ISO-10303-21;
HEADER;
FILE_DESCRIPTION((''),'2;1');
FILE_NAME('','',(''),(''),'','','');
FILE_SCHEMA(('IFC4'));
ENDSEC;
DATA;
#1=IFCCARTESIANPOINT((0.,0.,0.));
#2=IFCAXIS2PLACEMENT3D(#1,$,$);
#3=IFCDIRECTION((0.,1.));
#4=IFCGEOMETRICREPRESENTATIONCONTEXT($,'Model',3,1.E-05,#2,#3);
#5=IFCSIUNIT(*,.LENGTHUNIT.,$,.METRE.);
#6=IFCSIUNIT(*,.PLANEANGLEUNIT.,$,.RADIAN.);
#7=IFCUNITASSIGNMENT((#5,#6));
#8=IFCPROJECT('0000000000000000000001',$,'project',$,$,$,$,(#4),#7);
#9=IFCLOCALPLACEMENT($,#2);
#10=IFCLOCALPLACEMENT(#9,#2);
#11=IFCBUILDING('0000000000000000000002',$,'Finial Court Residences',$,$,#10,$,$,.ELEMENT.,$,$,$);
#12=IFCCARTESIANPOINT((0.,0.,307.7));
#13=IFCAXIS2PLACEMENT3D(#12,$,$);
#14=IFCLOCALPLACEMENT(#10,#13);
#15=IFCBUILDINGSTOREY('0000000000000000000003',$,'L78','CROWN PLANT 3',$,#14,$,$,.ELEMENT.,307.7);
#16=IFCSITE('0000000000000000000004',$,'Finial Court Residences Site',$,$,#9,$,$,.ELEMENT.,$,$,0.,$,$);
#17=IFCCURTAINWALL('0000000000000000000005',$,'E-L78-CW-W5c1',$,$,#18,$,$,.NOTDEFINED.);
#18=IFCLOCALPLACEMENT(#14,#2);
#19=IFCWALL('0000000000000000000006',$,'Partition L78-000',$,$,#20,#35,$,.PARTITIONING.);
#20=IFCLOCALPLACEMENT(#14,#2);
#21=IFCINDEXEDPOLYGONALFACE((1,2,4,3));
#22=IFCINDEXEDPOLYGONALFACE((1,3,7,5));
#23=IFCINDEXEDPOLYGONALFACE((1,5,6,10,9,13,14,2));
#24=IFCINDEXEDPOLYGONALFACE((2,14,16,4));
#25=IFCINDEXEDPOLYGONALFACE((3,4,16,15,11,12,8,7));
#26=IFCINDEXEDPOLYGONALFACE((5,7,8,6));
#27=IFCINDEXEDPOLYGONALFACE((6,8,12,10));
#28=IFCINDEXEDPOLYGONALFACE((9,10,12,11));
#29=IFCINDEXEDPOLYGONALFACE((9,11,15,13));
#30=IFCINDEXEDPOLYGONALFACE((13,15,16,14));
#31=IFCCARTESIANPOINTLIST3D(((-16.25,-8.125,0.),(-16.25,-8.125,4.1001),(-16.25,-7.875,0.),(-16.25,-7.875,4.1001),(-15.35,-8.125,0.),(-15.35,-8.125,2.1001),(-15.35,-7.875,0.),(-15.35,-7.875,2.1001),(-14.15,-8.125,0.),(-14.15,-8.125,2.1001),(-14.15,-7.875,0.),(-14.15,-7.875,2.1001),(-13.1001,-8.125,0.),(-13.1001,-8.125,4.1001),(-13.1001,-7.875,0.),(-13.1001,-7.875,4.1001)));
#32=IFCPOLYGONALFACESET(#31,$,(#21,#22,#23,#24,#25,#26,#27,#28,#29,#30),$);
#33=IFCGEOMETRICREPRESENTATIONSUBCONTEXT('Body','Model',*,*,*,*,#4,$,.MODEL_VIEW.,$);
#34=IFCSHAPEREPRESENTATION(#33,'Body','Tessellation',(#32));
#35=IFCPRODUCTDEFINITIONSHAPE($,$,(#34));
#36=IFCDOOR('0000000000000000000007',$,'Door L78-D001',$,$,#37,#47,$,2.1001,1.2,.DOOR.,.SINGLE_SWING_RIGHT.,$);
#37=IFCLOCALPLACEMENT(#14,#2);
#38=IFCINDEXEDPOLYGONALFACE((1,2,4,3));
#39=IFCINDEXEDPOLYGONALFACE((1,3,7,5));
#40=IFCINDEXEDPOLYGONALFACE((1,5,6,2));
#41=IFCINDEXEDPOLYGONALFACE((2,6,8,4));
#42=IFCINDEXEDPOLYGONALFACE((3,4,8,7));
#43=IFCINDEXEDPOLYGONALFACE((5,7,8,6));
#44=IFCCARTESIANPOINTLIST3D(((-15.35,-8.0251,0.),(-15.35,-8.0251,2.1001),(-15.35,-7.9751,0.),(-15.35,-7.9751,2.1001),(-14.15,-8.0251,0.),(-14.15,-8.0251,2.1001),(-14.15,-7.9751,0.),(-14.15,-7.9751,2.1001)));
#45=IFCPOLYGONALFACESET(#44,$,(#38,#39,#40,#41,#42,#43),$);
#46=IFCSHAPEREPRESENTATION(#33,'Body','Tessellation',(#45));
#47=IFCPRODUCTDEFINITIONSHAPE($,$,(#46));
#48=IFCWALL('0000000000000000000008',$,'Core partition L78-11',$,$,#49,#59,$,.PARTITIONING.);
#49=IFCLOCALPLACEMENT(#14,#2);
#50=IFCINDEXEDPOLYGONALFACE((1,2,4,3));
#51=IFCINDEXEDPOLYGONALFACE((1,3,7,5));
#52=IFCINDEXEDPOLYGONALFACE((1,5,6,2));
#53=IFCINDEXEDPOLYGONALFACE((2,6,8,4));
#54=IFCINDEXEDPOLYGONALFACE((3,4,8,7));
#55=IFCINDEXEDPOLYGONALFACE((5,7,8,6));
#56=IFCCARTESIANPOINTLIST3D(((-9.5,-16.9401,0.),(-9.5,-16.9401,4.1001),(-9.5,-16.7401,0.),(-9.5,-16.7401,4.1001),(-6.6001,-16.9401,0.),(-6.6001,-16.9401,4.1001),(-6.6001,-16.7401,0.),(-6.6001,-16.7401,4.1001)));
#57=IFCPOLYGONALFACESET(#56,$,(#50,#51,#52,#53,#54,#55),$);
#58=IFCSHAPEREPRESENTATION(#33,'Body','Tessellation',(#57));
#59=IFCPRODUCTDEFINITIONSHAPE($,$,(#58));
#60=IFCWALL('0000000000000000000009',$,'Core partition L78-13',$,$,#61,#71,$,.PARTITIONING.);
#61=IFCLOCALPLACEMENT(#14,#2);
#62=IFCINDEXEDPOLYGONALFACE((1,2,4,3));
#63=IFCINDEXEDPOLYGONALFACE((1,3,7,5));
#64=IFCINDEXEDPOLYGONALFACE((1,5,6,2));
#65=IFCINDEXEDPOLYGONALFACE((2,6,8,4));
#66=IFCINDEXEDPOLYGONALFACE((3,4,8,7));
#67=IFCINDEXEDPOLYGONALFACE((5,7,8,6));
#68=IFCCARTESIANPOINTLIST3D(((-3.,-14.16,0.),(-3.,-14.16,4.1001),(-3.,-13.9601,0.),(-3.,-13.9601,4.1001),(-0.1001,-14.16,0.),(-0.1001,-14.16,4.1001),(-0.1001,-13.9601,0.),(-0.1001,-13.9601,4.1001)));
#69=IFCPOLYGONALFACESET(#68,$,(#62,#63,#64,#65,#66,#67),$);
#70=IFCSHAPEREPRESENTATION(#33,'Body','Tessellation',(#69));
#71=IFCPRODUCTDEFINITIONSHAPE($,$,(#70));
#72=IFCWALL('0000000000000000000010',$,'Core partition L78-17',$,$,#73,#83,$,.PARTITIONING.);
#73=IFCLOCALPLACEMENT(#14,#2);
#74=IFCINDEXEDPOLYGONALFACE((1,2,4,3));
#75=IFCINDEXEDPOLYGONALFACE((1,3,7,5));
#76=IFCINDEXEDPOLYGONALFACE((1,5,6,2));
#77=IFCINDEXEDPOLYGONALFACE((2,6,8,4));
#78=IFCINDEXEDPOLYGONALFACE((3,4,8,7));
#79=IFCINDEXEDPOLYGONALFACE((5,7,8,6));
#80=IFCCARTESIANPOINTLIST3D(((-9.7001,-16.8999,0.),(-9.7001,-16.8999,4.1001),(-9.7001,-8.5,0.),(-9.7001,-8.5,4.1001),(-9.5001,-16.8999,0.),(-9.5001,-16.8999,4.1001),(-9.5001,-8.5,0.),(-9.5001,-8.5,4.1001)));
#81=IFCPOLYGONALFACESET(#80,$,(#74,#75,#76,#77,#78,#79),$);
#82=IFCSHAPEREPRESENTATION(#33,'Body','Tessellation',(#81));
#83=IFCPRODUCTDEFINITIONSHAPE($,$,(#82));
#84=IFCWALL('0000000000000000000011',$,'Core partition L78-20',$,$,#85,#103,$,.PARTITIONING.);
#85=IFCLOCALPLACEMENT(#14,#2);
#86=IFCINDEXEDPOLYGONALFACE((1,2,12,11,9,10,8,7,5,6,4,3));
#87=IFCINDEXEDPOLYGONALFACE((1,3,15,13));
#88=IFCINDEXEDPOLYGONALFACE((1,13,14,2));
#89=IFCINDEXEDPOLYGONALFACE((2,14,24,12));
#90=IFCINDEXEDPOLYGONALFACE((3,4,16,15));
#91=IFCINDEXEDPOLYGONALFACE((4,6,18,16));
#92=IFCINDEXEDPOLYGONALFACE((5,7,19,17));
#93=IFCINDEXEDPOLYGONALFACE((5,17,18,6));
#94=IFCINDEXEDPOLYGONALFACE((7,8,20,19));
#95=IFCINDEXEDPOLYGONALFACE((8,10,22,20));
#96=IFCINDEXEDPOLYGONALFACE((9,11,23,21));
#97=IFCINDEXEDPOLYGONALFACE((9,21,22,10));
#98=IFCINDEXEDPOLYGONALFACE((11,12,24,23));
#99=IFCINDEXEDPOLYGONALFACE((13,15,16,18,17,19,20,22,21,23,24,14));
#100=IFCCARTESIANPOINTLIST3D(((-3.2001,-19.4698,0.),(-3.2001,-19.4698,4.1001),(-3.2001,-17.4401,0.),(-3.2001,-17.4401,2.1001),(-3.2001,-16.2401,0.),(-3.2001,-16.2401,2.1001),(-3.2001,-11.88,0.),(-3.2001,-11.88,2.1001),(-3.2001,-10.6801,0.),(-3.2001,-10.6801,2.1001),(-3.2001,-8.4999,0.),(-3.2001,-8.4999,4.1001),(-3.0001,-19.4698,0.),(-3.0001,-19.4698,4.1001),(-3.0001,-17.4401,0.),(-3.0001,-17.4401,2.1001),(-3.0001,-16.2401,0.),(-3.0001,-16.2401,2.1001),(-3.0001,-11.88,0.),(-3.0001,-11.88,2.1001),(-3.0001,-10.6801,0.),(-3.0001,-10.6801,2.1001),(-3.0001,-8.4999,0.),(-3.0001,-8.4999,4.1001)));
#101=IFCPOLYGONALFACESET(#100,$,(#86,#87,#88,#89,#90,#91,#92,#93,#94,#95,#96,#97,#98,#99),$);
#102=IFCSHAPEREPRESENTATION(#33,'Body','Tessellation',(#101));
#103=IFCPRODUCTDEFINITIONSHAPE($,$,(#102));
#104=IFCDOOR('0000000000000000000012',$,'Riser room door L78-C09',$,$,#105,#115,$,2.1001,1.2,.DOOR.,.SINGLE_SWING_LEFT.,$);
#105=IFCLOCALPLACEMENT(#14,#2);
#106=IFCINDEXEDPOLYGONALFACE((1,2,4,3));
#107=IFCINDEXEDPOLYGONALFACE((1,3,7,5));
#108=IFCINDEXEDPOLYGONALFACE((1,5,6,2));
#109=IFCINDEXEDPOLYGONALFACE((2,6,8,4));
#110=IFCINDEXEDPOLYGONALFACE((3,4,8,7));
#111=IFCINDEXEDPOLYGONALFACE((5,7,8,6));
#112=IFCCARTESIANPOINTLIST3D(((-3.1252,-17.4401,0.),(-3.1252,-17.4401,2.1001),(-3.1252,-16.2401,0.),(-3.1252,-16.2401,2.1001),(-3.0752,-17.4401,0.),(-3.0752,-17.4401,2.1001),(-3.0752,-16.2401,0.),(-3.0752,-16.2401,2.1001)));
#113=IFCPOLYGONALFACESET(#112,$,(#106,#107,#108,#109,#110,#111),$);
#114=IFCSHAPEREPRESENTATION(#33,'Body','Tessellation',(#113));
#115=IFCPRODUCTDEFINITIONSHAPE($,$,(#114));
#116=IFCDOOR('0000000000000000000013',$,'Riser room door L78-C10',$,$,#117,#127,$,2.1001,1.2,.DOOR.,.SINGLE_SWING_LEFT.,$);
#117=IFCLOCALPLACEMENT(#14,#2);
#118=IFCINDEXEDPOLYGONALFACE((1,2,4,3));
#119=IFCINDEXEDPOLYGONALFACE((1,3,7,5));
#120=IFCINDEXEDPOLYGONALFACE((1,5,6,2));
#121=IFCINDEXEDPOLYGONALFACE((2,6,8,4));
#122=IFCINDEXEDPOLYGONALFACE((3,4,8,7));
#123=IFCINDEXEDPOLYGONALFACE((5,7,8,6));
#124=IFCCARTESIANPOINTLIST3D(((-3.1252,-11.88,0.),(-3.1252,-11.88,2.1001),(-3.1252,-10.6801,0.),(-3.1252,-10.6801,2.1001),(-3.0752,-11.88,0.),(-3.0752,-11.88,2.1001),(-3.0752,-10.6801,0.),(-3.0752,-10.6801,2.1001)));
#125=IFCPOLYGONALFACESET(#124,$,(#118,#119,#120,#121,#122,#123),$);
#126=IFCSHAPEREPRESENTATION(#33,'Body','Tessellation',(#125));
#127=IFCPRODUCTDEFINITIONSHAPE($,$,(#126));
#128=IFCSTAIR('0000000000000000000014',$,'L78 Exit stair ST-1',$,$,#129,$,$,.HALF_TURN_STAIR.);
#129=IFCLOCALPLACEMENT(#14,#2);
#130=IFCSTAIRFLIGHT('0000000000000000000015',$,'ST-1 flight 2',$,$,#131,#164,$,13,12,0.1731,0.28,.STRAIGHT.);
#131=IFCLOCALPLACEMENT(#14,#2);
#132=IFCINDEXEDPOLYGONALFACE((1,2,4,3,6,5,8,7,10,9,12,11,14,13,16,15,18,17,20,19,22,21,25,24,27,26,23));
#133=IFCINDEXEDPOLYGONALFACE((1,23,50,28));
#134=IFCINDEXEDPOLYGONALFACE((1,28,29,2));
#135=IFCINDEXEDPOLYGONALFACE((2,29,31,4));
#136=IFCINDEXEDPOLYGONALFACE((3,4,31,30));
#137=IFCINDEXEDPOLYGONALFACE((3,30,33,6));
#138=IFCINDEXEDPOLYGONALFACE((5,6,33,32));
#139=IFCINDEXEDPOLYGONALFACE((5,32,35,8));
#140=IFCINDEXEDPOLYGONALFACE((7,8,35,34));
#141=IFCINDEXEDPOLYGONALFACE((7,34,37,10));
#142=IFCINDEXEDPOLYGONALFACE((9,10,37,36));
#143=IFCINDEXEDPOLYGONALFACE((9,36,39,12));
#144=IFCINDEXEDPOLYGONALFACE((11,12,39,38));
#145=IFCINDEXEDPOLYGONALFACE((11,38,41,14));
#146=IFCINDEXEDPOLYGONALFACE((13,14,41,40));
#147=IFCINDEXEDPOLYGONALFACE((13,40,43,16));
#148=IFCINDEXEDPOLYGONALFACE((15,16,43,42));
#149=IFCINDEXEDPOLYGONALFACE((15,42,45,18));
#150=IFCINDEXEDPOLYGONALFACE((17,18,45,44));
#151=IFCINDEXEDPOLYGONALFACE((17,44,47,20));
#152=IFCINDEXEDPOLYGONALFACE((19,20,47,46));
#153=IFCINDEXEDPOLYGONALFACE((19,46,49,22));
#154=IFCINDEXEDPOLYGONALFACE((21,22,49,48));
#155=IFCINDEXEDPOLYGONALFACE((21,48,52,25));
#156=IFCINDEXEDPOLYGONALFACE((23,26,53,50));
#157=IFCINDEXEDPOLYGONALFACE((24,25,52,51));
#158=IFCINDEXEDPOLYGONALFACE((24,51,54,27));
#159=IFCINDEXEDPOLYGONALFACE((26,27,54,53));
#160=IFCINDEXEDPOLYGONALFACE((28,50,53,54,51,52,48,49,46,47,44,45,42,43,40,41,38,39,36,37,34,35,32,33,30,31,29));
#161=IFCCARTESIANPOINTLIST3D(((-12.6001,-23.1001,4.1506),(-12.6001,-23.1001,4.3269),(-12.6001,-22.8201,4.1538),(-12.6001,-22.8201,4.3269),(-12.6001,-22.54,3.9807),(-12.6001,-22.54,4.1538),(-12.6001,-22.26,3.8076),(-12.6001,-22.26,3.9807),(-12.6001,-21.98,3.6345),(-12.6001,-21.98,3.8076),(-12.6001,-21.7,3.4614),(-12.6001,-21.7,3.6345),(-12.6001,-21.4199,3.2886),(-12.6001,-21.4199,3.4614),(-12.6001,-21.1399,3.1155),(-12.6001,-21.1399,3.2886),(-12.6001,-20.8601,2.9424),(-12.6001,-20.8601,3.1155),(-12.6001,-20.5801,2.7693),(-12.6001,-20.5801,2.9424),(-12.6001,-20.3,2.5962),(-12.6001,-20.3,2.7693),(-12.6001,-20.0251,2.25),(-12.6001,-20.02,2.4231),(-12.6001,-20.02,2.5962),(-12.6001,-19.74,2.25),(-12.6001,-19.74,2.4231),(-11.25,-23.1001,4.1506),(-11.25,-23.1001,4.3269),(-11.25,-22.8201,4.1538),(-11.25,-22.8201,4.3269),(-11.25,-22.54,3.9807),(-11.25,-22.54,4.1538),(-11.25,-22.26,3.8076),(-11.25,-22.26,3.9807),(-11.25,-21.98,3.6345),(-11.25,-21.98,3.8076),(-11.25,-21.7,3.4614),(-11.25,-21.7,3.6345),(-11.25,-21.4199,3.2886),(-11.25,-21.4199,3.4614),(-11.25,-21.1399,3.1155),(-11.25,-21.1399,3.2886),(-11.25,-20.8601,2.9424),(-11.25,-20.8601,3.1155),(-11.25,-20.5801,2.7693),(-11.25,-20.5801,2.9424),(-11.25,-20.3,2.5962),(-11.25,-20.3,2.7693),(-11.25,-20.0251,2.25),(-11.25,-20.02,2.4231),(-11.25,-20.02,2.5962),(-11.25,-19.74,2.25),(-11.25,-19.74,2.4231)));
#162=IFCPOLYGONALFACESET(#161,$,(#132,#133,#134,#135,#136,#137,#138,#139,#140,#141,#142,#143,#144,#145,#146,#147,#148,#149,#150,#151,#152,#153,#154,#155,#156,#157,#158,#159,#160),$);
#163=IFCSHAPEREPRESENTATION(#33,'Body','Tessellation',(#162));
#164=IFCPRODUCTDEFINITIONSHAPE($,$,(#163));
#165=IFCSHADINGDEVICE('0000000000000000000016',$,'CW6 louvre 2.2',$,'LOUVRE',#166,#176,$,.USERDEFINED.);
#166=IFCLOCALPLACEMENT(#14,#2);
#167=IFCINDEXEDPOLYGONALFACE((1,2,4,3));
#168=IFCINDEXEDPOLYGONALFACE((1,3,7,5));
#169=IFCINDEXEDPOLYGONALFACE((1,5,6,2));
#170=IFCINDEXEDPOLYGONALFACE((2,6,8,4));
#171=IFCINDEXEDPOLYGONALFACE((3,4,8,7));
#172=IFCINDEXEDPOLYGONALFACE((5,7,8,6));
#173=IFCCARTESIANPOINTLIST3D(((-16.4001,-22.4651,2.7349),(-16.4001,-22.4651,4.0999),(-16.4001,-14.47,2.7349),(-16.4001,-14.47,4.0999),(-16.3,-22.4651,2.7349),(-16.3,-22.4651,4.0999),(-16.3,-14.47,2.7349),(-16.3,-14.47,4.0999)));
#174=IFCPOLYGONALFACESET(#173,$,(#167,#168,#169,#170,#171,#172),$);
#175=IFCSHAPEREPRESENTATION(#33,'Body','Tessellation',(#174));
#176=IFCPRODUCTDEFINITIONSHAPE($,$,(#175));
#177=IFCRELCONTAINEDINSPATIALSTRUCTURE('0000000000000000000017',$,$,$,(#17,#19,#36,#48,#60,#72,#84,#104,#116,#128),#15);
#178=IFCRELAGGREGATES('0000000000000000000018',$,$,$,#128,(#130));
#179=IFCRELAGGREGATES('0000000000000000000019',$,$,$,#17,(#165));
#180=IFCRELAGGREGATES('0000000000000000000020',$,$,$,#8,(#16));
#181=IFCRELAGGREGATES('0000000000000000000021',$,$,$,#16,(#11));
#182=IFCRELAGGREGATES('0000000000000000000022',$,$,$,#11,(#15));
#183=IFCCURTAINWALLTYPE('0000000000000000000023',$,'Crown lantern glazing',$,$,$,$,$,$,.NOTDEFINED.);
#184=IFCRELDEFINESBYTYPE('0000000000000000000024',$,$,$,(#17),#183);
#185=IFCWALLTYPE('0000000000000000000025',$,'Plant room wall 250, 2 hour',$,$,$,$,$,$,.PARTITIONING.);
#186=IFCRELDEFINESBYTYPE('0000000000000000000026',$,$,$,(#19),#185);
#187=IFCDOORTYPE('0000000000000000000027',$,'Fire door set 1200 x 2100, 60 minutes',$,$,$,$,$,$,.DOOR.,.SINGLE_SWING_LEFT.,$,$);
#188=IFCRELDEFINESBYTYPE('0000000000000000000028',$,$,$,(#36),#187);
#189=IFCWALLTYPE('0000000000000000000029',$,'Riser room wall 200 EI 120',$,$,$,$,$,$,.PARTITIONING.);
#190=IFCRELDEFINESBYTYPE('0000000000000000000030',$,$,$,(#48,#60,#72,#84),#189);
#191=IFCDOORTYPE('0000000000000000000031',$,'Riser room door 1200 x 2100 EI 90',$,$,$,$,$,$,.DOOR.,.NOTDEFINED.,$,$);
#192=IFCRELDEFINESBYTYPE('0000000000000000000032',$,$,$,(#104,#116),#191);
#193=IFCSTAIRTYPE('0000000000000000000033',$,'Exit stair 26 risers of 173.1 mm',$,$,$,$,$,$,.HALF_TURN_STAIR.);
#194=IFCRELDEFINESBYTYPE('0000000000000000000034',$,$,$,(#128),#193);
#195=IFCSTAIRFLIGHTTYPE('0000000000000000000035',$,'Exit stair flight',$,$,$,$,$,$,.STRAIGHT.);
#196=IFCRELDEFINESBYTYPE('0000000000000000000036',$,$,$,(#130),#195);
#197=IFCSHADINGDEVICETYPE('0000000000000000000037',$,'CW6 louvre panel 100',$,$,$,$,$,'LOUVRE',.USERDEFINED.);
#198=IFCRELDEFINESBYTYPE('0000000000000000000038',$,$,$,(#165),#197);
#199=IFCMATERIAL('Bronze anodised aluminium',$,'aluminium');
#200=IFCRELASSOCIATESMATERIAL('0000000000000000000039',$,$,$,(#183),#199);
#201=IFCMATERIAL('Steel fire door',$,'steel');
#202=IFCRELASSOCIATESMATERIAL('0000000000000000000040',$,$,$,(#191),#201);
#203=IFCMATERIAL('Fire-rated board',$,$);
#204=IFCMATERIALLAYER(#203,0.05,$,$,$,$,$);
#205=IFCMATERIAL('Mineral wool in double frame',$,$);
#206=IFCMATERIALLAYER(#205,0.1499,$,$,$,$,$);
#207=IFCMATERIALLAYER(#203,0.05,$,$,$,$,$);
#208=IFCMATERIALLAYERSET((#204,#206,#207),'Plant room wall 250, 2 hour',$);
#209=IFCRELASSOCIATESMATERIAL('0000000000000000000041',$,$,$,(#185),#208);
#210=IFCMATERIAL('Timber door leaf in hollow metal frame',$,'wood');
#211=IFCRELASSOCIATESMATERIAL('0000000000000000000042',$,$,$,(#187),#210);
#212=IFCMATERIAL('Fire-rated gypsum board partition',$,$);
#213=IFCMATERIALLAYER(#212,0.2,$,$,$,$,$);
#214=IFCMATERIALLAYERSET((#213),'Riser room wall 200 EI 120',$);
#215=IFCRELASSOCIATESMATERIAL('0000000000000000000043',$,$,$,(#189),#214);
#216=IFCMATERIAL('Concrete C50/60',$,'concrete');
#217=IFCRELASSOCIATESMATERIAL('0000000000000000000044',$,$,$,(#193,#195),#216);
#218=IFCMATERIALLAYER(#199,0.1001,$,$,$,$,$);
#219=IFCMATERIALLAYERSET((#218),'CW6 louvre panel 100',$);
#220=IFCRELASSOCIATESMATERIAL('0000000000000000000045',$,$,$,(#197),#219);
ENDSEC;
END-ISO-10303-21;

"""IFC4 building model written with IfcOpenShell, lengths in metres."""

from ifc_helpers import new_model, si_unit, direction, frame, frame_2d, origin, origin_2d, place, context, subcontext, project, spatial, polyline, rectangle, outline, extrude, material, layer, layer_set, type_object, element, fill, aggregate, save


model = new_model("IFC4")

# Units and contexts
model_context = context("Model", 3, precision=1e-05, world=origin(), true_north=direction((0.0, 1.0)))
body_context = subcontext(model_context, "Body", "Model", "MODEL_VIEW")
ifc_project = project(units=[si_unit("LENGTHUNIT", "METRE"), si_unit("PLANEANGLEUNIT", "RADIAN")], contexts=[model_context])

# Site, building, storey
site_placement = place(None, origin())
site = spatial("IfcSite", under=ifc_project, at=site_placement, Name="Finial Court Residences Site", CompositionType="ELEMENT", RefElevation=0.0)
building_placement = place(site_placement, origin())
building = spatial("IfcBuilding", under=site, at=building_placement, Name="Finial Court Residences", CompositionType="ELEMENT")
storey_placement = place(building_placement, frame((0.0, 0.0, 307.7)))
storey = spatial("IfcBuildingStorey", under=building, at=storey_placement, Name="L78", Description="CROWN PLANT 3", CompositionType="ELEMENT", Elevation=307.7)

# Curtain wall
ifc_material_1 = material(Name="Bronze anodised aluminium", Category="aluminium")
curtain_wall_type = type_object("IfcCurtainWallType", Name="Crown lantern glazing", PredefinedType="NOTDEFINED", material=ifc_material_1)
curtain_wall_1_placement = place(storey_placement, origin())
curtain_wall_1 = element("IfcCurtainWall", 1, at=curtain_wall_1_placement, inside=storey, type_object=curtain_wall_type, Name="E-L78-CW-W5c1", PredefinedType="NOTDEFINED")

# Shared definitions
ifc_material_2 = material(Name="Concrete C50/60", Category="concrete")
ifc_material_3 = material(Name="Steel fire door", Category="steel")
door_type_1 = type_object("IfcDoorType", Name="Riser room door 1200 x 2100 EI 90", OperationType="NOTDEFINED", PredefinedType="DOOR", material=ifc_material_3)

# Wall, opening, door
ifc_material_4 = material(Name="Fire-rated board")
ifc_layer_1 = layer(ifc_material_4, 0.05)
ifc_material_5 = material(Name="Mineral wool in double frame")
ifc_layer_2 = layer(ifc_material_5, 0.1499)
ifc_layer_3 = layer(ifc_material_4, 0.05)
ifc_layer_set_1 = layer_set([ifc_layer_1, ifc_layer_2, ifc_layer_3], Name="Plant room wall 250, 2 hour")
wall_type_1 = type_object("IfcWallType", Name="Plant room wall 250, 2 hour", PredefinedType="PARTITIONING", material=ifc_layer_set_1)
wall_1_placement = place(storey_placement, frame((-16.25, -8.0, 0.0), z_axis=(0.0, 0.0, 1.0), x_axis=(1.0, 0.0, 0.0)))
wall_1 = element("IfcWall", 2, at=wall_1_placement, inside=storey, type_object=wall_type_1, Name="Partition L78-000", PredefinedType="PARTITIONING", context=body_context, shape_type="SweptSolid", body=[
    extrude(rectangle(XDim=3.1499, YDim=0.25, at=frame_2d((1.575, 0.0))), origin(), (0.0, 0.0, 1.0), 4.1001),
])
opening_1_placement = place(wall_1_placement, frame((0.8999, 0.0, 0.0)))
opening_1 = element("IfcOpeningElement", 3, at=opening_1_placement, cuts=wall_1, PredefinedType="OPENING", context=body_context, shape_type="SweptSolid", body=[
    extrude(rectangle(XDim=1.2, YDim=2.1001, at=frame_2d((0.6001, 1.05))), frame((0.0, 0.135, 0.0), z_axis=(0.0, -1.0, 0.0), x_axis=(1.0, 0.0, 0.0)), (0.0, 0.0, 1.0), 0.27),
])
ifc_material_6 = material(Name="Timber door leaf in hollow metal frame", Category="wood")
door_type_2 = type_object("IfcDoorType", Name="Fire door set 1200 x 2100, 60 minutes", OperationType="SINGLE_SWING_LEFT", PredefinedType="DOOR", material=ifc_material_6)
door_1_placement = place(opening_1_placement, origin())
door_1 = element("IfcDoor", 4, at=door_1_placement, inside=storey, type_object=door_type_2, Name="Door L78-D001", OperationType="SINGLE_SWING_RIGHT", OverallHeight=2.1001, OverallWidth=1.2, PredefinedType="DOOR", context=body_context, shape_type="SweptSolid", body=[
    extrude(rectangle(XDim=1.2, YDim=2.1001, at=frame_2d((0.6001, 1.05))), frame((0.0, 0.0249, 0.0), z_axis=(0.0, -1.0, 0.0), x_axis=(1.0, 0.0, 0.0)), (0.0, 0.0, 1.0), 0.05),
])
fill(opening_1, door_1)

# Walls
ifc_material_7 = material(Name="Fire-rated gypsum board partition")
ifc_layer_4 = layer(ifc_material_7, 0.2)
ifc_layer_set_2 = layer_set([ifc_layer_4], Name="Riser room wall 200 EI 120")
wall_type_2 = type_object("IfcWallType", Name="Riser room wall 200 EI 120", PredefinedType="PARTITIONING", material=ifc_layer_set_2)
for number, where, z_axis, x_axis, name in (
    (5, (-9.5, -16.8401, 0.0), (0.0, 0.0, 1.0), (1.0, 0.0, 0.0), "Core partition L78-11"),
    (6, (-3.0, -14.0601, 0.0), (0.0, 0.0, 1.0), (1.0, 0.0, 0.0), "Core partition L78-13"),
):
    element("IfcWall", number, at=place(storey_placement, frame(where, z_axis=z_axis, x_axis=x_axis)), inside=storey, type_object=wall_type_2, Name=name, PredefinedType="PARTITIONING", context=body_context, shape_type="SweptSolid", body=[
        extrude(rectangle(XDim=2.8999, YDim=0.2, at=frame_2d((1.45, 0.0))), origin(), (0.0, 0.0, 1.0), 4.1001),
    ])
wall_2_placement = place(storey_placement, frame((-9.6001, -16.8999, 0.0), z_axis=(0.0, 0.0, 1.0), x_axis=(0.0, 1.0, 0.0)))
element("IfcWall", 7, at=wall_2_placement, inside=storey, type_object=wall_type_2, Name="Core partition L78-17", PredefinedType="PARTITIONING", context=body_context, shape_type="SweptSolid", body=[
    extrude(rectangle(XDim=8.3999, YDim=0.2, at=frame_2d((4.2, 0.0))), origin(), (0.0, 0.0, 1.0), 4.1001),
])

# Wall, openings, doors
wall_3_placement = place(storey_placement, frame((-3.1001, -8.5, 0.0), z_axis=(0.0, 0.0, 1.0), x_axis=(0.0, -1.0, 0.0)))
wall_3 = element("IfcWall", 8, at=wall_3_placement, inside=storey, type_object=wall_type_2, Name="Core partition L78-20", PredefinedType="PARTITIONING", context=body_context, shape_type="SweptSolid", body=[
    extrude(rectangle(XDim=10.97, YDim=0.2, at=frame_2d((5.4849, 0.0))), origin(), (0.0, 0.0, 1.0), 4.1001),
])
opening_2_placement = place(wall_3_placement, frame((7.74, 0.0, 0.0)))
opening_2 = element("IfcOpeningElement", 9, at=opening_2_placement, cuts=wall_3, PredefinedType="OPENING", context=body_context, shape_type="SweptSolid", body=[
    extrude(rectangle(XDim=1.2, YDim=2.1001, at=frame_2d((0.6001, 1.05))), frame((0.0, 0.1099, 0.0), z_axis=(0.0, -1.0, 0.0), x_axis=(1.0, 0.0, 0.0)), (0.0, 0.0, 1.0), 0.22),
])
opening_3_placement = place(wall_3_placement, frame((2.1799, 0.0, 0.0)))
opening_3 = element("IfcOpeningElement", 10, at=opening_3_placement, cuts=wall_3, PredefinedType="OPENING", context=body_context, shape_type="SweptSolid", body=[
    extrude(rectangle(XDim=1.2, YDim=2.1001, at=frame_2d((0.6001, 1.05))), frame((0.0, 0.1099, 0.0), z_axis=(0.0, -1.0, 0.0), x_axis=(1.0, 0.0, 0.0)), (0.0, 0.0, 1.0), 0.22),
])
door_2_placement = place(opening_2_placement, origin())
door_2 = element("IfcDoor", 11, at=door_2_placement, inside=storey, type_object=door_type_1, Name="Riser room door L78-C09", OperationType="SINGLE_SWING_LEFT", OverallHeight=2.1001, OverallWidth=1.2, PredefinedType="DOOR", context=body_context, shape_type="SweptSolid", body=[
    extrude(rectangle(XDim=1.2, YDim=2.1001, at=frame_2d((0.6001, 1.05))), frame((0.0, 0.0249, 0.0), z_axis=(0.0, -1.0, 0.0), x_axis=(1.0, 0.0, 0.0)), (0.0, 0.0, 1.0), 0.05),
])
fill(opening_2, door_2)
door_3_placement = place(opening_3_placement, origin())
door_3 = element("IfcDoor", 12, at=door_3_placement, inside=storey, type_object=door_type_1, Name="Riser room door L78-C10", OperationType="SINGLE_SWING_LEFT", OverallHeight=2.1001, OverallWidth=1.2, PredefinedType="DOOR", context=body_context, shape_type="SweptSolid", body=[
    extrude(rectangle(XDim=1.2, YDim=2.1001, at=frame_2d((0.6001, 1.05))), frame((0.0, 0.0249, 0.0), z_axis=(0.0, -1.0, 0.0), x_axis=(1.0, 0.0, 0.0)), (0.0, 0.0, 1.0), 0.05),
])
fill(opening_3, door_3)

# Stair, stair flight
stair_type = type_object("IfcStairType", Name="Exit stair 26 risers of 173.1 mm", PredefinedType="HALF_TURN_STAIR", material=ifc_material_2)
stair_placement = place(storey_placement, origin())
stair = element("IfcStair", 13, at=stair_placement, inside=storey, type_object=stair_type, Name="L78 Exit stair ST-1", PredefinedType="HALF_TURN_STAIR")
stair_flight_type = type_object("IfcStairFlightType", Name="Exit stair flight", PredefinedType="STRAIGHT", material=ifc_material_2)
stair_flight_placement = place(storey_placement, frame((-11.925, -19.74, 2.25), z_axis=(0.0, 0.0, 1.0), x_axis=(0.0, -1.0, 0.0)))
stair_flight = element("IfcStairFlight", 14, at=stair_flight_placement, type_object=stair_flight_type, Name="ST-1 flight 2", NumberOfRisers=13, NumberOfTreads=12, PredefinedType="STRAIGHT", RiserHeight=0.1731, TreadLength=0.28, context=body_context, shape_type="SweptSolid", body=[
    extrude(outline(polyline([(0.0, 0.0), (0.0, 0.1731), (0.28, 0.1731), (0.28, 0.3462), (0.5601, 0.3462), (0.5601, 0.5193), (0.8401, 0.5193), (0.8401, 0.6924), (1.1201, 0.6924), (1.1201, 0.8655), (1.3999, 0.8655), (1.3999, 1.0386), (1.6799, 1.0386), (1.6799, 1.2114), (1.96, 1.2114), (1.96, 1.3845), (2.24, 1.3845), (2.24, 1.5576), (2.52, 1.5576), (2.52, 1.7307), (2.8, 1.7307), (2.8, 1.9038), (3.0801, 1.9038), (3.0801, 2.0769), (3.3601, 2.0769), (3.3601, 2.25), (3.3601, 1.9006), (0.2852, 0.0), (0.0, 0.0)])), frame((0.0, 0.675, 0.0), z_axis=(0.0, -1.0, 0.0), x_axis=(1.0, 0.0, 0.0)), (0.0, 0.0, 1.0), 1.3501),
])
aggregate(stair, [stair_flight])

# Shading device
ifc_layer_5 = layer(ifc_material_1, 0.1001)
ifc_layer_set_3 = layer_set([ifc_layer_5], Name="CW6 louvre panel 100")
shading_device_type = type_object("IfcShadingDeviceType", Name="CW6 louvre panel 100", ElementType="LOUVRE", PredefinedType="USERDEFINED", material=ifc_layer_set_3)
shading_device_1_placement = place(storey_placement, frame((-16.3501, -18.4675, 2.7349), z_axis=(0.0, 0.0, 1.0), x_axis=(0.0, 1.0, 0.0)))
shading_device_1 = element("IfcShadingDevice", 15, at=shading_device_1_placement, type_object=shading_device_type, Name="CW6 louvre 2.2", ObjectType="LOUVRE", PredefinedType="USERDEFINED", context=body_context, shape_type="SweptSolid", body=[
    extrude(rectangle(XDim=7.9951, YDim=0.1001, at=origin_2d()), origin(), (0.0, 0.0, 1.0), 1.365),
])
aggregate(curtain_wall_1, [shading_device_1])

save(model, "model.ifc")
